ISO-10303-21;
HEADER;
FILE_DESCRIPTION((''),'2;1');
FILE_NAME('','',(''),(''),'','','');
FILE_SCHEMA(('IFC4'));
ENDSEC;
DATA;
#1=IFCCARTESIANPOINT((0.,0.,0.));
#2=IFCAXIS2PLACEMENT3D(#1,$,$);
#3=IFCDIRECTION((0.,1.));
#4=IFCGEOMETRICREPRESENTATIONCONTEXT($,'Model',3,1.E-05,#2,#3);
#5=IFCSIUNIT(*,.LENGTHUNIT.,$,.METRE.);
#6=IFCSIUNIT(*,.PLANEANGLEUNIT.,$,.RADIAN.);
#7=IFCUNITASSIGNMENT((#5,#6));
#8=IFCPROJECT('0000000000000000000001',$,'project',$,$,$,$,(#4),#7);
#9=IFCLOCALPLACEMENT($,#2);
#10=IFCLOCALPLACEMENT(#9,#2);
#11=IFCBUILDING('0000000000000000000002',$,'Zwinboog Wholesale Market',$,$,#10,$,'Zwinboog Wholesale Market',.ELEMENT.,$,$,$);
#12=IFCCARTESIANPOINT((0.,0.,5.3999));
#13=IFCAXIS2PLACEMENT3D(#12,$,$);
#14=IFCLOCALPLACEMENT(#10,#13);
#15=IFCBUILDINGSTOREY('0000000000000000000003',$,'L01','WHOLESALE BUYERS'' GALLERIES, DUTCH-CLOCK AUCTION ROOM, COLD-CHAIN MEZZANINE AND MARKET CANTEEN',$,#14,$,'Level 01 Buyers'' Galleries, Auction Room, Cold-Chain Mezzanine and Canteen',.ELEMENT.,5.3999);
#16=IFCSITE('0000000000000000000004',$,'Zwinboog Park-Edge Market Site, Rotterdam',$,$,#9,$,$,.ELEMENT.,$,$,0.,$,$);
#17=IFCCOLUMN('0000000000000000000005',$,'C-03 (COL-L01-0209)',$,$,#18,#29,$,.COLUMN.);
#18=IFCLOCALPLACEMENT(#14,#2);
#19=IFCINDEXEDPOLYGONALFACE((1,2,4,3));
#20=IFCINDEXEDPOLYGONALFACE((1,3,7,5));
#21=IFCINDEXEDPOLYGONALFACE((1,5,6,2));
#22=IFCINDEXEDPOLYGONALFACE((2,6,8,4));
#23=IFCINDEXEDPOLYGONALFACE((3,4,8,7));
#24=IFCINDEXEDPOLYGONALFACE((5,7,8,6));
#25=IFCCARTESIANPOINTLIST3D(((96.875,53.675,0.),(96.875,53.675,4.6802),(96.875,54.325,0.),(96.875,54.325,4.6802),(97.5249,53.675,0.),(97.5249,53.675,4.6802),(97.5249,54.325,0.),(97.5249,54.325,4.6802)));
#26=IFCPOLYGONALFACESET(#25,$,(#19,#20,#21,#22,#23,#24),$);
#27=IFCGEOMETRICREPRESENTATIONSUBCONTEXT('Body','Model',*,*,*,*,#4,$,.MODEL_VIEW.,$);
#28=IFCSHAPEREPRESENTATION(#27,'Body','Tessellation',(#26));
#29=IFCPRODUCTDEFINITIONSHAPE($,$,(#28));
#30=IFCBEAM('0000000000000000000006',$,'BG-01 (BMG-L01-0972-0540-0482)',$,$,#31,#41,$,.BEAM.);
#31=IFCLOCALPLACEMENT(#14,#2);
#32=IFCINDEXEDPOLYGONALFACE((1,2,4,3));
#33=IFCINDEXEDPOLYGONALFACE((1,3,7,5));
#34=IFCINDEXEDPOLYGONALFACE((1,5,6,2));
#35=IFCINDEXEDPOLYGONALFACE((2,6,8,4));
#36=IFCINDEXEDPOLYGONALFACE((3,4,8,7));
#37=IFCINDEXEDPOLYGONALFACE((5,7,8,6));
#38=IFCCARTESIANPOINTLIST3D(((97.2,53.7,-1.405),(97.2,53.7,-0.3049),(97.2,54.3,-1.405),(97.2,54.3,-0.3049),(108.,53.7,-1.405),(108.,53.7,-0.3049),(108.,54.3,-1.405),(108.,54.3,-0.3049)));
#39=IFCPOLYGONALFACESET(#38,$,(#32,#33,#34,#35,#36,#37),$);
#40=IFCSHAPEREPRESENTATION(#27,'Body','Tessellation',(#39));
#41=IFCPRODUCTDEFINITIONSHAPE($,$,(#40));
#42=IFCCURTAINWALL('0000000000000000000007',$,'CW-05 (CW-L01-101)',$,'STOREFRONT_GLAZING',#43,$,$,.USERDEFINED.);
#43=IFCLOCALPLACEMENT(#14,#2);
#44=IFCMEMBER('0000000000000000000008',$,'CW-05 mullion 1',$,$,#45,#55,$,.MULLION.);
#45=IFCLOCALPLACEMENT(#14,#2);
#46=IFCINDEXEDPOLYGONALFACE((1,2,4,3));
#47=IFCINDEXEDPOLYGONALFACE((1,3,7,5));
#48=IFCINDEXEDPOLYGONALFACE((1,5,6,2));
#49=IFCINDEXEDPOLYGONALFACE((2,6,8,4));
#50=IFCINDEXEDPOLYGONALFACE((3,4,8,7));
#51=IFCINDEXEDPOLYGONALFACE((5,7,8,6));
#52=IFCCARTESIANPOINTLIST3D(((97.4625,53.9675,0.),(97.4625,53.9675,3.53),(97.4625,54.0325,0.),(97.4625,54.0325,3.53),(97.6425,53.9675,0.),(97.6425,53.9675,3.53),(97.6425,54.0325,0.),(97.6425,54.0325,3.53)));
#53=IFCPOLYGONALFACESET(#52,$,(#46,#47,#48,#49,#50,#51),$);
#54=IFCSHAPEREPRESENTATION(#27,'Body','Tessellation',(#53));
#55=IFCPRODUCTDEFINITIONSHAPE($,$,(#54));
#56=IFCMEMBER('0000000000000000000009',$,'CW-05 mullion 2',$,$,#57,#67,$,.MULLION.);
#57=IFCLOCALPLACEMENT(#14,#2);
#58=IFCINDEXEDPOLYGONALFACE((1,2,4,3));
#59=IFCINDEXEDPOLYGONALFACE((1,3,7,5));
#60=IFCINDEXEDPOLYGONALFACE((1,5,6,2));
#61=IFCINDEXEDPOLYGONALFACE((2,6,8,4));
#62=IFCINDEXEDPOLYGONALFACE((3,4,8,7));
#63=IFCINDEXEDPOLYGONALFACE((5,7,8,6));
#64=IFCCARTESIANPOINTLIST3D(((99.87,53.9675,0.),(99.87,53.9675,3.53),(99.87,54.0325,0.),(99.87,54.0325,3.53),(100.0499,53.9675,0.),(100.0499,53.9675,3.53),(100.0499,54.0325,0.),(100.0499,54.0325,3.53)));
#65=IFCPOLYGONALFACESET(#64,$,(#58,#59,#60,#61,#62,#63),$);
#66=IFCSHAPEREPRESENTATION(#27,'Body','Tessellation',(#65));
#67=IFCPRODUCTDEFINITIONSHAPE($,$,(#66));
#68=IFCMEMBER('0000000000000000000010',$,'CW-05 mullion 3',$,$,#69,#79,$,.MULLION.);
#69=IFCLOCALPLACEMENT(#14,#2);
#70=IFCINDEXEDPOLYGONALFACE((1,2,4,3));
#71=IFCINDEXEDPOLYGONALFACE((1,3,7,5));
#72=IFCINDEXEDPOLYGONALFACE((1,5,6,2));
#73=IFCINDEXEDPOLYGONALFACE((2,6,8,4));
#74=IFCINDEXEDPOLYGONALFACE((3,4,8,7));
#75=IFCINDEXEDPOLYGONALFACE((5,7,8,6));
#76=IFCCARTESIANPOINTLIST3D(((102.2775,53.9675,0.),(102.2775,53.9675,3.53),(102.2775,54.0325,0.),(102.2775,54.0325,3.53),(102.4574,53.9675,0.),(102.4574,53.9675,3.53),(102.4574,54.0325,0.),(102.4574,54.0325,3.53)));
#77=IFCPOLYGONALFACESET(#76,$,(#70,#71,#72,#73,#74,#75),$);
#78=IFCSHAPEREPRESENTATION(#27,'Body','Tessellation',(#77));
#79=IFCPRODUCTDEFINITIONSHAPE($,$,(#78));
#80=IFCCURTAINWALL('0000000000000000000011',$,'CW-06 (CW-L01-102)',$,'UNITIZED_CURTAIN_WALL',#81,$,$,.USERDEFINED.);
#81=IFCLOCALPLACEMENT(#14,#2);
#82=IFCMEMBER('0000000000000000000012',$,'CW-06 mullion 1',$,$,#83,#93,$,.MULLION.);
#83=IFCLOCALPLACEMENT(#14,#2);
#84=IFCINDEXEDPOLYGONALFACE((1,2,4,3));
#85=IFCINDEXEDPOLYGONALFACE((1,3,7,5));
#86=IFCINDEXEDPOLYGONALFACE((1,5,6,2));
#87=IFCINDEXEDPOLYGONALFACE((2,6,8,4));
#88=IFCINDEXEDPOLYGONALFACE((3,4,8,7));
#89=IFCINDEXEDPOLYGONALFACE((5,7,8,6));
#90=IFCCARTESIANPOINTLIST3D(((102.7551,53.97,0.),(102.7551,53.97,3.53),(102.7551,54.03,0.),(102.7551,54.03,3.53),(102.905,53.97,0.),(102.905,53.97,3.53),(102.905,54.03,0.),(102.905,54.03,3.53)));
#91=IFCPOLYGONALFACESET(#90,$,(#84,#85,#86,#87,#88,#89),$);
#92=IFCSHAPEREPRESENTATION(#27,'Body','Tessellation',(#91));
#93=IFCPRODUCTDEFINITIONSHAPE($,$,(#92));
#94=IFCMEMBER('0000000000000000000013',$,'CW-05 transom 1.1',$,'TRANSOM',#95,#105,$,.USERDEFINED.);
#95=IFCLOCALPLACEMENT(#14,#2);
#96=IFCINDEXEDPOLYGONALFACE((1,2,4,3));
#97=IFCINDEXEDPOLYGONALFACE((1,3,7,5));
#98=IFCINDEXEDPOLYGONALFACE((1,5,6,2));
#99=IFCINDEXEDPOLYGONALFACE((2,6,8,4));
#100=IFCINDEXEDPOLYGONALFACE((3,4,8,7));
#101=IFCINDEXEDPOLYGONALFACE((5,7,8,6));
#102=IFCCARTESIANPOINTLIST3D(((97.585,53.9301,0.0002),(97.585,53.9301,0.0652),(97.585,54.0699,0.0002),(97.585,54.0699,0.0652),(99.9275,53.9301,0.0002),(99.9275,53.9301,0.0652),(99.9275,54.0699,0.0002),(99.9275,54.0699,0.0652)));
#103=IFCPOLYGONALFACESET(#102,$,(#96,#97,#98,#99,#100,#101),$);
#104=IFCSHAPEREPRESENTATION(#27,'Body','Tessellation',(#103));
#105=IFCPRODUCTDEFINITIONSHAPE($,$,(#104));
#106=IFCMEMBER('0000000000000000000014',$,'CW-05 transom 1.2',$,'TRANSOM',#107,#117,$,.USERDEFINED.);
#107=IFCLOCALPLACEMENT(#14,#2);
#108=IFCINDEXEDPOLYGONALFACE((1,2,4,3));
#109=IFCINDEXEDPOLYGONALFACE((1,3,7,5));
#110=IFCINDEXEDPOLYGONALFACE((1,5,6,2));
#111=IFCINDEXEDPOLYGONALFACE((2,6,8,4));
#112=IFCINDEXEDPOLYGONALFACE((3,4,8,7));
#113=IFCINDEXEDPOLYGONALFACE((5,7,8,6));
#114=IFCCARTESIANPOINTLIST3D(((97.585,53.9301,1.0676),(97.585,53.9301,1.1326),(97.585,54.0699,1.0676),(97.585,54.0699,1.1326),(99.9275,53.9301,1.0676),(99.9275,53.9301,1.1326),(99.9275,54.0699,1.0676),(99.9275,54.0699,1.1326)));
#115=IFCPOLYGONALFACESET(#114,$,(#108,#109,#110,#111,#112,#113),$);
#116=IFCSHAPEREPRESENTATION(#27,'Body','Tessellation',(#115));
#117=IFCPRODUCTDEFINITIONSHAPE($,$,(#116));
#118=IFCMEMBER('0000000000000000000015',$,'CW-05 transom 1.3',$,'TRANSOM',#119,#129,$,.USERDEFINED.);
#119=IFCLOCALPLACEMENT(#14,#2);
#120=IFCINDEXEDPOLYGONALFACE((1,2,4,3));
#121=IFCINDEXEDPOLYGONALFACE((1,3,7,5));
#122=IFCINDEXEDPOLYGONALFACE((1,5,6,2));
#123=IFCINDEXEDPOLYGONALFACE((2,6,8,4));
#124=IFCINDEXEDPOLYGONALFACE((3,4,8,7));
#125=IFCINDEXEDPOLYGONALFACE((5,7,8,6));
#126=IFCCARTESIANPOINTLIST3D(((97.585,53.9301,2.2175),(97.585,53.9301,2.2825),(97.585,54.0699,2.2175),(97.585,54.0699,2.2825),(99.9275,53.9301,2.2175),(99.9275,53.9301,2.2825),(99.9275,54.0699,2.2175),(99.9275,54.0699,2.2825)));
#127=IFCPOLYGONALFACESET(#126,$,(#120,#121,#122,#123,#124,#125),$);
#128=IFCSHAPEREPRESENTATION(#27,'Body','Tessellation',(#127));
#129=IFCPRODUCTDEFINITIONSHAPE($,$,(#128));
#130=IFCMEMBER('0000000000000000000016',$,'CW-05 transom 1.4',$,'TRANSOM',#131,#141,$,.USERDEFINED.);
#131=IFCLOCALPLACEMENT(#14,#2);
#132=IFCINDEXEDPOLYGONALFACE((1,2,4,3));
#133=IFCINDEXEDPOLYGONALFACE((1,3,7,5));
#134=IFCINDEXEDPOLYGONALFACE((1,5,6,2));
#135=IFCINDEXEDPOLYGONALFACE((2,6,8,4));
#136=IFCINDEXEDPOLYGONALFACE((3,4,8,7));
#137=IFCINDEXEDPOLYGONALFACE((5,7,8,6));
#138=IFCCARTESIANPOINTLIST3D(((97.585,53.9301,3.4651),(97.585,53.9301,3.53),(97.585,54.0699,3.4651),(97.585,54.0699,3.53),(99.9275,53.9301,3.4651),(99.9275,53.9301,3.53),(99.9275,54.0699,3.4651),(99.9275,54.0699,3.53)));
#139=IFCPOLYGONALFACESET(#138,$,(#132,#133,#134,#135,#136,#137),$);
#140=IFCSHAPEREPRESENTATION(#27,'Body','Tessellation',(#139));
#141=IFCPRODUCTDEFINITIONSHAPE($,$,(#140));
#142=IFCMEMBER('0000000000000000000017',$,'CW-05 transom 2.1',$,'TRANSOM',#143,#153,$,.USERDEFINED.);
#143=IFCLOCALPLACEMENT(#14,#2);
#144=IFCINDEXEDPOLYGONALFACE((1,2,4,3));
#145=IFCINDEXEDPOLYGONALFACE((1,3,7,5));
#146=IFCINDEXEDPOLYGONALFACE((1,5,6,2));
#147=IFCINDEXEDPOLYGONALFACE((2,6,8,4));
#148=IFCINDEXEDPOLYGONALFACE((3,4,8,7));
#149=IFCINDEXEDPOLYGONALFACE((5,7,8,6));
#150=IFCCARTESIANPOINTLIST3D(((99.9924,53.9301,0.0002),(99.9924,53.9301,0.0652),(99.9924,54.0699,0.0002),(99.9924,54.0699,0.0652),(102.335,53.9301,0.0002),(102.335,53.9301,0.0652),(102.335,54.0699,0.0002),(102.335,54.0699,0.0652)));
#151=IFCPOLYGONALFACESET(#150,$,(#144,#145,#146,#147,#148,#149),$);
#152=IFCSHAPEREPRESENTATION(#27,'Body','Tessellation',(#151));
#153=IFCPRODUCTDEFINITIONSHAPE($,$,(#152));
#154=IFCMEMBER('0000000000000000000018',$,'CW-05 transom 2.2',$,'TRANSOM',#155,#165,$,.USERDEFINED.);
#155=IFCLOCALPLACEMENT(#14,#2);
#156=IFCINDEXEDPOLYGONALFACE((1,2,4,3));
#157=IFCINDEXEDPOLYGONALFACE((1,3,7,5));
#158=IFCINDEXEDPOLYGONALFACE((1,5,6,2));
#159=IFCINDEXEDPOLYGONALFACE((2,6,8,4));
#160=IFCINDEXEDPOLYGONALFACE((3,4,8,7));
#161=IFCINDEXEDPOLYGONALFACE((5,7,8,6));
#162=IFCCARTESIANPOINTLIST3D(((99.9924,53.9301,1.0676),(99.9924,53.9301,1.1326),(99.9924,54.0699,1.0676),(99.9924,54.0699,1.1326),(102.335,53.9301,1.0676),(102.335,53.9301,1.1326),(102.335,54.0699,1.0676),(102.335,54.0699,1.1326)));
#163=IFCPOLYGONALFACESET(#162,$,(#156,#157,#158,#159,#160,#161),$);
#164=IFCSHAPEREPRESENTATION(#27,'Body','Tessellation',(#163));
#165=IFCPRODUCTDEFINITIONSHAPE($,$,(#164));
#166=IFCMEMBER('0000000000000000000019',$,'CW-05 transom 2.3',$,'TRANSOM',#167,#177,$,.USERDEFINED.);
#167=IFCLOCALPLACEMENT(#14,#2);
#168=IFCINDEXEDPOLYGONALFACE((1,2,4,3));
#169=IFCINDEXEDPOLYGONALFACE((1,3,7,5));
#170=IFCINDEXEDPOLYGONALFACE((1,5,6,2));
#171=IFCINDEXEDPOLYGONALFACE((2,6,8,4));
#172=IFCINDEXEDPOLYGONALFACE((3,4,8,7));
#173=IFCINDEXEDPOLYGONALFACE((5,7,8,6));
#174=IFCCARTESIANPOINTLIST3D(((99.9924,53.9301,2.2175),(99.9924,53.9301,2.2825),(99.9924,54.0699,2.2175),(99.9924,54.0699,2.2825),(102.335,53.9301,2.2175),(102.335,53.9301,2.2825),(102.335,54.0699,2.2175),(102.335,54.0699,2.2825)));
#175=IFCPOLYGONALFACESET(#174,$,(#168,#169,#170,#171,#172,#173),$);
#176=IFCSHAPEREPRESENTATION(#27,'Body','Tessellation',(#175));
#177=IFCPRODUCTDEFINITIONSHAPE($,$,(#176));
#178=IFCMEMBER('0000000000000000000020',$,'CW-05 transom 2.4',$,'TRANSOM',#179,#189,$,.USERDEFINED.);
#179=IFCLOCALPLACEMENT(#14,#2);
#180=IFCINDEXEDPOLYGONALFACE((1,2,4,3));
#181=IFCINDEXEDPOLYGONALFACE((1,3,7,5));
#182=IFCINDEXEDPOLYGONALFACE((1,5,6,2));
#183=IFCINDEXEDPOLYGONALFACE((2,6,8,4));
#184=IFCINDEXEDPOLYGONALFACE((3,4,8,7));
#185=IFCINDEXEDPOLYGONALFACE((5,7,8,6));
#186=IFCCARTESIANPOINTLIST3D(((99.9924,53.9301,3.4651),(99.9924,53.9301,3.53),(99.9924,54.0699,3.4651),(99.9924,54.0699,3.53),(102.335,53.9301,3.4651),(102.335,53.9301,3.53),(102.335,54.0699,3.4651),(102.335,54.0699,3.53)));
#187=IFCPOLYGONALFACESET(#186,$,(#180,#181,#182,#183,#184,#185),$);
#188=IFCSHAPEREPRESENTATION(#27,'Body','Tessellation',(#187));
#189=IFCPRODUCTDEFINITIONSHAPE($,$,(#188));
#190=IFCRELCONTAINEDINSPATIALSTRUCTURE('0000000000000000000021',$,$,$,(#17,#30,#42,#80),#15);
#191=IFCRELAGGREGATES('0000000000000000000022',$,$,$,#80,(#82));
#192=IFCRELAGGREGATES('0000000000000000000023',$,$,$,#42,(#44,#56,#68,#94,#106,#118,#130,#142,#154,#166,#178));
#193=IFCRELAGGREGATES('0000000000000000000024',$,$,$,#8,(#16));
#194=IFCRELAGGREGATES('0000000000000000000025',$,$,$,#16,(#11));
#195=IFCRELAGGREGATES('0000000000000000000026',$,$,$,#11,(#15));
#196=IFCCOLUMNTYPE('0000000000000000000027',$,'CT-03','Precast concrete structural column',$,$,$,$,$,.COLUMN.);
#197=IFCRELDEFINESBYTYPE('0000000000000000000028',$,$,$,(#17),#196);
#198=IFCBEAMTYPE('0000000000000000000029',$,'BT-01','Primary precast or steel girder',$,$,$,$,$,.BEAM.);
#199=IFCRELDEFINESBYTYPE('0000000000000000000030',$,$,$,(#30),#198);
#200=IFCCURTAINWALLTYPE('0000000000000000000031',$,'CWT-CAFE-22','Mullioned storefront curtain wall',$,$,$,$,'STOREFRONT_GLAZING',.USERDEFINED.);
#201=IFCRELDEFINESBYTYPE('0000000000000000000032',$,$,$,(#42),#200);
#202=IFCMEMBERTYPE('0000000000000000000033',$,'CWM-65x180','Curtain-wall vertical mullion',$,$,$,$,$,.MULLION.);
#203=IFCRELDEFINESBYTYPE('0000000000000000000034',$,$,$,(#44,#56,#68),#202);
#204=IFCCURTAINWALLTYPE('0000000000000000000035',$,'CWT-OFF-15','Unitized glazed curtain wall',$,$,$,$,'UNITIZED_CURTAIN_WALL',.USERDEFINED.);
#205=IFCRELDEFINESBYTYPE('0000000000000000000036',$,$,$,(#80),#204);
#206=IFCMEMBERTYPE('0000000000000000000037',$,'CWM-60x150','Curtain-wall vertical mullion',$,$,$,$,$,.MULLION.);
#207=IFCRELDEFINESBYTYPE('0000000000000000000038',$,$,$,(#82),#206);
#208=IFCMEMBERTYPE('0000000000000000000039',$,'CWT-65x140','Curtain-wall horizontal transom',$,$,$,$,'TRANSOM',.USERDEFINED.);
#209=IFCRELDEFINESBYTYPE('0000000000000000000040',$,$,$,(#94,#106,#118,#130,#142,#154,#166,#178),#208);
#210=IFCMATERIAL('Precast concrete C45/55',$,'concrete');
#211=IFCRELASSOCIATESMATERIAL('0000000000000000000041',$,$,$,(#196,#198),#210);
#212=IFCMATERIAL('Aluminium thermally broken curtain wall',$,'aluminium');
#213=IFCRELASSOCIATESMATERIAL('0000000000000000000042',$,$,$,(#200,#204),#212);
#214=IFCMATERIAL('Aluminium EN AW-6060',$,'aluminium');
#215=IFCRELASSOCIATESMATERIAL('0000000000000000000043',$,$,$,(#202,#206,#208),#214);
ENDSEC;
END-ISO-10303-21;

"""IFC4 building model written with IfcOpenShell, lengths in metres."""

from ifc_helpers import new_model, si_unit, direction, frame, origin, origin_2d, place, context, subcontext, project, spatial, rectangle, extrude, material, material_profile, profile_set, type_object, element, aggregate, save


model = new_model("IFC4")

# Units and contexts
model_context = context("Model", 3, precision=1e-05, world=origin(), true_north=direction((0.0, 1.0)))
body_context = subcontext(model_context, "Body", "Model", "MODEL_VIEW")
ifc_project = project(units=[si_unit("LENGTHUNIT", "METRE"), si_unit("PLANEANGLEUNIT", "RADIAN")], contexts=[model_context])

# Site, building, storey
site_placement = place(None, origin())
site = spatial("IfcSite", under=ifc_project, at=site_placement, Name="Zwinboog Park-Edge Market Site, Rotterdam", CompositionType="ELEMENT", RefElevation=0.0)
building_placement = place(site_placement, origin())
building = spatial("IfcBuilding", under=site, at=building_placement, Name="Zwinboog Wholesale Market", LongName="Zwinboog Wholesale Market", CompositionType="ELEMENT")
storey_placement = place(building_placement, frame((0.0, 0.0, 5.3999)))
storey = spatial("IfcBuildingStorey", under=building, at=storey_placement, Name="L01", Description="WHOLESALE BUYERS' GALLERIES, DUTCH-CLOCK AUCTION ROOM, COLD-CHAIN MEZZANINE AND MARKET CANTEEN", LongName="Level 01 Buyers' Galleries, Auction Room, Cold-Chain Mezzanine and Canteen", CompositionType="ELEMENT", Elevation=5.3999)

# Column
ifc_material_1 = material(Name="Precast concrete C45/55", Category="concrete")
ifc_material_profile_1 = material_profile(ifc_material_1, rectangle(XDim=0.6499, YDim=0.6499, at=origin_2d()), Name="PC 650x650")
ifc_profile_set_1 = profile_set([ifc_material_profile_1], Name="Precast concrete C45/55")
column_type = type_object("IfcColumnType", Name="CT-03", Description="Precast concrete structural column", PredefinedType="COLUMN", material=ifc_profile_set_1)
column_placement = place(storey_placement, frame((97.2, 54.0, 0.0), z_axis=(0.0, 0.0, 1.0), x_axis=(1.0, 0.0, 0.0)))
element("IfcColumn", 1, at=column_placement, inside=storey, type_object=column_type, Name="C-03 (COL-L01-0209)", PredefinedType="COLUMN", context=body_context, shape_type="SweptSolid", body=[
    extrude(rectangle(XDim=0.6499, YDim=0.6499, at=origin_2d()), origin(), (0.0, 0.0, 1.0), 4.6802),
])

# Beam
ifc_material_profile_2 = material_profile(ifc_material_1, rectangle(XDim=0.6001, YDim=1.1001, at=origin_2d()), Name="PC 600x1100")
ifc_profile_set_2 = profile_set([ifc_material_profile_2], Name="Precast concrete C45/55")
beam_type = type_object("IfcBeamType", Name="BT-01", Description="Primary precast or steel girder", PredefinedType="BEAM", material=ifc_profile_set_2)
beam_placement = place(storey_placement, frame((97.2, 54.0, -0.855), z_axis=(1.0, 0.0, 0.0), x_axis=(0.0, 1.0, 0.0)))
element("IfcBeam", 2, at=beam_placement, inside=storey, type_object=beam_type, Name="BG-01 (BMG-L01-0972-0540-0482)", PredefinedType="BEAM", context=body_context, shape_type="SweptSolid", body=[
    extrude(rectangle(XDim=0.6001, YDim=1.1001, at=origin_2d()), origin(), (0.0, 0.0, 1.0), 10.8),
])

# Curtain wall, members
ifc_material_2 = material(Name="Aluminium thermally broken curtain wall", Category="aluminium")
curtain_wall_type_1 = type_object("IfcCurtainWallType", Name="CWT-CAFE-22", Description="Mullioned storefront curtain wall", ElementType="STOREFRONT_GLAZING", PredefinedType="USERDEFINED", material=ifc_material_2)
curtain_wall_1_placement = place(storey_placement, origin())
curtain_wall_1 = element("IfcCurtainWall", 3, at=curtain_wall_1_placement, inside=storey, type_object=curtain_wall_type_1, Name="CW-05 (CW-L01-101)", ObjectType="STOREFRONT_GLAZING", PredefinedType="USERDEFINED")
ifc_material_3 = material(Name="Aluminium EN AW-6060", Category="aluminium")
ifc_material_profile_3 = material_profile(ifc_material_3, rectangle(XDim=0.0649, YDim=0.1799, at=origin_2d()), Name="AL 65x180")
ifc_profile_set_3 = profile_set([ifc_material_profile_3], Name="Aluminium EN AW-6060")
member_type_1 = type_object("IfcMemberType", Name="CWM-65x180", Description="Curtain-wall vertical mullion", PredefinedType="MULLION", material=ifc_profile_set_3)
member_1_placement = place(storey_placement, frame((97.5525, 54.0, 0.0), z_axis=(0.0, 0.0, 1.0), x_axis=(0.0, 1.0, 0.0)))
member_1 = element("IfcMember", 4, at=member_1_placement, type_object=member_type_1, Name="CW-05 mullion 1", PredefinedType="MULLION", context=body_context, shape_type="SweptSolid", body=[
    extrude(rectangle(XDim=0.0649, YDim=0.1799, at=origin_2d()), origin(), (0.0, 0.0, 1.0), 3.53),
])
member_2_placement = place(storey_placement, frame((99.96, 54.0, 0.0), z_axis=(0.0, 0.0, 1.0), x_axis=(0.0, 1.0, 0.0)))
member_2 = element("IfcMember", 5, at=member_2_placement, type_object=member_type_1, Name="CW-05 mullion 2", PredefinedType="MULLION", context=body_context, shape_type="SweptSolid", body=[
    extrude(rectangle(XDim=0.0649, YDim=0.1799, at=origin_2d()), origin(), (0.0, 0.0, 1.0), 3.53),
])
member_3_placement = place(storey_placement, frame((102.3674, 54.0, 0.0), z_axis=(0.0, 0.0, 1.0), x_axis=(0.0, 1.0, 0.0)))
member_3 = element("IfcMember", 6, at=member_3_placement, type_object=member_type_1, Name="CW-05 mullion 3", PredefinedType="MULLION", context=body_context, shape_type="SweptSolid", body=[
    extrude(rectangle(XDim=0.0649, YDim=0.1799, at=origin_2d()), origin(), (0.0, 0.0, 1.0), 3.53),
])

# Curtain wall, member
curtain_wall_type_2 = type_object("IfcCurtainWallType", Name="CWT-OFF-15", Description="Unitized glazed curtain wall", ElementType="UNITIZED_CURTAIN_WALL", PredefinedType="USERDEFINED", material=ifc_material_2)
curtain_wall_2_placement = place(storey_placement, origin())
curtain_wall_2 = element("IfcCurtainWall", 7, at=curtain_wall_2_placement, inside=storey, type_object=curtain_wall_type_2, Name="CW-06 (CW-L01-102)", ObjectType="UNITIZED_CURTAIN_WALL", PredefinedType="USERDEFINED")
ifc_material_profile_4 = material_profile(ifc_material_3, rectangle(XDim=0.0601, YDim=0.1499, at=origin_2d()), Name="AL 60x150")
ifc_profile_set_4 = profile_set([ifc_material_profile_4], Name="Aluminium EN AW-6060")
member_type_2 = type_object("IfcMemberType", Name="CWM-60x150", Description="Curtain-wall vertical mullion", PredefinedType="MULLION", material=ifc_profile_set_4)
member_4_placement = place(storey_placement, frame((102.8301, 54.0, 0.0), z_axis=(0.0, 0.0, 1.0), x_axis=(0.0, 1.0, 0.0)))
member_4 = element("IfcMember", 8, at=member_4_placement, type_object=member_type_2, Name="CW-06 mullion 1", PredefinedType="MULLION", context=body_context, shape_type="SweptSolid", body=[
    extrude(rectangle(XDim=0.0601, YDim=0.1499, at=origin_2d()), origin(), (0.0, 0.0, 1.0), 3.53),
])

# Members
ifc_material_profile_5 = material_profile(ifc_material_3, rectangle(XDim=0.1399, YDim=0.0649, at=origin_2d()), Name="AL 65x140")
ifc_profile_set_5 = profile_set([ifc_material_profile_5], Name="Aluminium EN AW-6060")
member_type_3 = type_object("IfcMemberType", Name="CWT-65x140", Description="Curtain-wall horizontal transom", ElementType="TRANSOM", PredefinedType="USERDEFINED", material=ifc_profile_set_5)
member_5_placement = place(storey_placement, frame((97.585, 54.0, 0.0327), z_axis=(1.0, 0.0, 0.0), x_axis=(0.0, 1.0, 0.0)))
member_5 = element("IfcMember", 9, at=member_5_placement, type_object=member_type_3, Name="CW-05 transom 1.1", ObjectType="TRANSOM", PredefinedType="USERDEFINED", context=body_context, shape_type="SweptSolid", body=[
    extrude(rectangle(XDim=0.1399, YDim=0.0649, at=origin_2d()), origin(), (0.0, 0.0, 1.0), 2.3425),
])
member_6_placement = place(storey_placement, frame((97.585, 54.0, 1.1001), z_axis=(1.0, 0.0, 0.0), x_axis=(0.0, 1.0, 0.0)))
member_6 = element("IfcMember", 10, at=member_6_placement, type_object=member_type_3, Name="CW-05 transom 1.2", ObjectType="TRANSOM", PredefinedType="USERDEFINED", context=body_context, shape_type="SweptSolid", body=[
    extrude(rectangle(XDim=0.1399, YDim=0.0649, at=origin_2d()), origin(), (0.0, 0.0, 1.0), 2.3425),
])
member_7_placement = place(storey_placement, frame((97.585, 54.0, 2.25), z_axis=(1.0, 0.0, 0.0), x_axis=(0.0, 1.0, 0.0)))
member_7 = element("IfcMember", 11, at=member_7_placement, type_object=member_type_3, Name="CW-05 transom 1.3", ObjectType="TRANSOM", PredefinedType="USERDEFINED", context=body_context, shape_type="SweptSolid", body=[
    extrude(rectangle(XDim=0.1399, YDim=0.0649, at=origin_2d()), origin(), (0.0, 0.0, 1.0), 2.3425),
])
member_8_placement = place(storey_placement, frame((97.585, 54.0, 3.4976), z_axis=(1.0, 0.0, 0.0), x_axis=(0.0, 1.0, 0.0)))
member_8 = element("IfcMember", 12, at=member_8_placement, type_object=member_type_3, Name="CW-05 transom 1.4", ObjectType="TRANSOM", PredefinedType="USERDEFINED", context=body_context, shape_type="SweptSolid", body=[
    extrude(rectangle(XDim=0.1399, YDim=0.0649, at=origin_2d()), origin(), (0.0, 0.0, 1.0), 2.3425),
])
member_9_placement = place(storey_placement, frame((99.9924, 54.0, 0.0327), z_axis=(1.0, 0.0, 0.0), x_axis=(0.0, 1.0, 0.0)))
member_9 = element("IfcMember", 13, at=member_9_placement, type_object=member_type_3, Name="CW-05 transom 2.1", ObjectType="TRANSOM", PredefinedType="USERDEFINED", context=body_context, shape_type="SweptSolid", body=[
    extrude(rectangle(XDim=0.1399, YDim=0.0649, at=origin_2d()), origin(), (0.0, 0.0, 1.0), 2.3425),
])
member_10_placement = place(storey_placement, frame((99.9924, 54.0, 1.1001), z_axis=(1.0, 0.0, 0.0), x_axis=(0.0, 1.0, 0.0)))
member_10 = element("IfcMember", 14, at=member_10_placement, type_object=member_type_3, Name="CW-05 transom 2.2", ObjectType="TRANSOM", PredefinedType="USERDEFINED", context=body_context, shape_type="SweptSolid", body=[
    extrude(rectangle(XDim=0.1399, YDim=0.0649, at=origin_2d()), origin(), (0.0, 0.0, 1.0), 2.3425),
])
member_11_placement = place(storey_placement, frame((99.9924, 54.0, 2.25), z_axis=(1.0, 0.0, 0.0), x_axis=(0.0, 1.0, 0.0)))
member_11 = element("IfcMember", 15, at=member_11_placement, type_object=member_type_3, Name="CW-05 transom 2.3", ObjectType="TRANSOM", PredefinedType="USERDEFINED", context=body_context, shape_type="SweptSolid", body=[
    extrude(rectangle(XDim=0.1399, YDim=0.0649, at=origin_2d()), origin(), (0.0, 0.0, 1.0), 2.3425),
])
member_12_placement = place(storey_placement, frame((99.9924, 54.0, 3.4976), z_axis=(1.0, 0.0, 0.0), x_axis=(0.0, 1.0, 0.0)))
member_12 = element("IfcMember", 16, at=member_12_placement, type_object=member_type_3, Name="CW-05 transom 2.4", ObjectType="TRANSOM", PredefinedType="USERDEFINED", context=body_context, shape_type="SweptSolid", body=[
    extrude(rectangle(XDim=0.1399, YDim=0.0649, at=origin_2d()), origin(), (0.0, 0.0, 1.0), 2.3425),
])
aggregate(curtain_wall_2, [member_4])

aggregate(curtain_wall_1, [member_1, member_2, member_3, member_5, member_6, member_7, member_8, member_9, member_10, member_11, member_12])

save(model, "model.ifc")
